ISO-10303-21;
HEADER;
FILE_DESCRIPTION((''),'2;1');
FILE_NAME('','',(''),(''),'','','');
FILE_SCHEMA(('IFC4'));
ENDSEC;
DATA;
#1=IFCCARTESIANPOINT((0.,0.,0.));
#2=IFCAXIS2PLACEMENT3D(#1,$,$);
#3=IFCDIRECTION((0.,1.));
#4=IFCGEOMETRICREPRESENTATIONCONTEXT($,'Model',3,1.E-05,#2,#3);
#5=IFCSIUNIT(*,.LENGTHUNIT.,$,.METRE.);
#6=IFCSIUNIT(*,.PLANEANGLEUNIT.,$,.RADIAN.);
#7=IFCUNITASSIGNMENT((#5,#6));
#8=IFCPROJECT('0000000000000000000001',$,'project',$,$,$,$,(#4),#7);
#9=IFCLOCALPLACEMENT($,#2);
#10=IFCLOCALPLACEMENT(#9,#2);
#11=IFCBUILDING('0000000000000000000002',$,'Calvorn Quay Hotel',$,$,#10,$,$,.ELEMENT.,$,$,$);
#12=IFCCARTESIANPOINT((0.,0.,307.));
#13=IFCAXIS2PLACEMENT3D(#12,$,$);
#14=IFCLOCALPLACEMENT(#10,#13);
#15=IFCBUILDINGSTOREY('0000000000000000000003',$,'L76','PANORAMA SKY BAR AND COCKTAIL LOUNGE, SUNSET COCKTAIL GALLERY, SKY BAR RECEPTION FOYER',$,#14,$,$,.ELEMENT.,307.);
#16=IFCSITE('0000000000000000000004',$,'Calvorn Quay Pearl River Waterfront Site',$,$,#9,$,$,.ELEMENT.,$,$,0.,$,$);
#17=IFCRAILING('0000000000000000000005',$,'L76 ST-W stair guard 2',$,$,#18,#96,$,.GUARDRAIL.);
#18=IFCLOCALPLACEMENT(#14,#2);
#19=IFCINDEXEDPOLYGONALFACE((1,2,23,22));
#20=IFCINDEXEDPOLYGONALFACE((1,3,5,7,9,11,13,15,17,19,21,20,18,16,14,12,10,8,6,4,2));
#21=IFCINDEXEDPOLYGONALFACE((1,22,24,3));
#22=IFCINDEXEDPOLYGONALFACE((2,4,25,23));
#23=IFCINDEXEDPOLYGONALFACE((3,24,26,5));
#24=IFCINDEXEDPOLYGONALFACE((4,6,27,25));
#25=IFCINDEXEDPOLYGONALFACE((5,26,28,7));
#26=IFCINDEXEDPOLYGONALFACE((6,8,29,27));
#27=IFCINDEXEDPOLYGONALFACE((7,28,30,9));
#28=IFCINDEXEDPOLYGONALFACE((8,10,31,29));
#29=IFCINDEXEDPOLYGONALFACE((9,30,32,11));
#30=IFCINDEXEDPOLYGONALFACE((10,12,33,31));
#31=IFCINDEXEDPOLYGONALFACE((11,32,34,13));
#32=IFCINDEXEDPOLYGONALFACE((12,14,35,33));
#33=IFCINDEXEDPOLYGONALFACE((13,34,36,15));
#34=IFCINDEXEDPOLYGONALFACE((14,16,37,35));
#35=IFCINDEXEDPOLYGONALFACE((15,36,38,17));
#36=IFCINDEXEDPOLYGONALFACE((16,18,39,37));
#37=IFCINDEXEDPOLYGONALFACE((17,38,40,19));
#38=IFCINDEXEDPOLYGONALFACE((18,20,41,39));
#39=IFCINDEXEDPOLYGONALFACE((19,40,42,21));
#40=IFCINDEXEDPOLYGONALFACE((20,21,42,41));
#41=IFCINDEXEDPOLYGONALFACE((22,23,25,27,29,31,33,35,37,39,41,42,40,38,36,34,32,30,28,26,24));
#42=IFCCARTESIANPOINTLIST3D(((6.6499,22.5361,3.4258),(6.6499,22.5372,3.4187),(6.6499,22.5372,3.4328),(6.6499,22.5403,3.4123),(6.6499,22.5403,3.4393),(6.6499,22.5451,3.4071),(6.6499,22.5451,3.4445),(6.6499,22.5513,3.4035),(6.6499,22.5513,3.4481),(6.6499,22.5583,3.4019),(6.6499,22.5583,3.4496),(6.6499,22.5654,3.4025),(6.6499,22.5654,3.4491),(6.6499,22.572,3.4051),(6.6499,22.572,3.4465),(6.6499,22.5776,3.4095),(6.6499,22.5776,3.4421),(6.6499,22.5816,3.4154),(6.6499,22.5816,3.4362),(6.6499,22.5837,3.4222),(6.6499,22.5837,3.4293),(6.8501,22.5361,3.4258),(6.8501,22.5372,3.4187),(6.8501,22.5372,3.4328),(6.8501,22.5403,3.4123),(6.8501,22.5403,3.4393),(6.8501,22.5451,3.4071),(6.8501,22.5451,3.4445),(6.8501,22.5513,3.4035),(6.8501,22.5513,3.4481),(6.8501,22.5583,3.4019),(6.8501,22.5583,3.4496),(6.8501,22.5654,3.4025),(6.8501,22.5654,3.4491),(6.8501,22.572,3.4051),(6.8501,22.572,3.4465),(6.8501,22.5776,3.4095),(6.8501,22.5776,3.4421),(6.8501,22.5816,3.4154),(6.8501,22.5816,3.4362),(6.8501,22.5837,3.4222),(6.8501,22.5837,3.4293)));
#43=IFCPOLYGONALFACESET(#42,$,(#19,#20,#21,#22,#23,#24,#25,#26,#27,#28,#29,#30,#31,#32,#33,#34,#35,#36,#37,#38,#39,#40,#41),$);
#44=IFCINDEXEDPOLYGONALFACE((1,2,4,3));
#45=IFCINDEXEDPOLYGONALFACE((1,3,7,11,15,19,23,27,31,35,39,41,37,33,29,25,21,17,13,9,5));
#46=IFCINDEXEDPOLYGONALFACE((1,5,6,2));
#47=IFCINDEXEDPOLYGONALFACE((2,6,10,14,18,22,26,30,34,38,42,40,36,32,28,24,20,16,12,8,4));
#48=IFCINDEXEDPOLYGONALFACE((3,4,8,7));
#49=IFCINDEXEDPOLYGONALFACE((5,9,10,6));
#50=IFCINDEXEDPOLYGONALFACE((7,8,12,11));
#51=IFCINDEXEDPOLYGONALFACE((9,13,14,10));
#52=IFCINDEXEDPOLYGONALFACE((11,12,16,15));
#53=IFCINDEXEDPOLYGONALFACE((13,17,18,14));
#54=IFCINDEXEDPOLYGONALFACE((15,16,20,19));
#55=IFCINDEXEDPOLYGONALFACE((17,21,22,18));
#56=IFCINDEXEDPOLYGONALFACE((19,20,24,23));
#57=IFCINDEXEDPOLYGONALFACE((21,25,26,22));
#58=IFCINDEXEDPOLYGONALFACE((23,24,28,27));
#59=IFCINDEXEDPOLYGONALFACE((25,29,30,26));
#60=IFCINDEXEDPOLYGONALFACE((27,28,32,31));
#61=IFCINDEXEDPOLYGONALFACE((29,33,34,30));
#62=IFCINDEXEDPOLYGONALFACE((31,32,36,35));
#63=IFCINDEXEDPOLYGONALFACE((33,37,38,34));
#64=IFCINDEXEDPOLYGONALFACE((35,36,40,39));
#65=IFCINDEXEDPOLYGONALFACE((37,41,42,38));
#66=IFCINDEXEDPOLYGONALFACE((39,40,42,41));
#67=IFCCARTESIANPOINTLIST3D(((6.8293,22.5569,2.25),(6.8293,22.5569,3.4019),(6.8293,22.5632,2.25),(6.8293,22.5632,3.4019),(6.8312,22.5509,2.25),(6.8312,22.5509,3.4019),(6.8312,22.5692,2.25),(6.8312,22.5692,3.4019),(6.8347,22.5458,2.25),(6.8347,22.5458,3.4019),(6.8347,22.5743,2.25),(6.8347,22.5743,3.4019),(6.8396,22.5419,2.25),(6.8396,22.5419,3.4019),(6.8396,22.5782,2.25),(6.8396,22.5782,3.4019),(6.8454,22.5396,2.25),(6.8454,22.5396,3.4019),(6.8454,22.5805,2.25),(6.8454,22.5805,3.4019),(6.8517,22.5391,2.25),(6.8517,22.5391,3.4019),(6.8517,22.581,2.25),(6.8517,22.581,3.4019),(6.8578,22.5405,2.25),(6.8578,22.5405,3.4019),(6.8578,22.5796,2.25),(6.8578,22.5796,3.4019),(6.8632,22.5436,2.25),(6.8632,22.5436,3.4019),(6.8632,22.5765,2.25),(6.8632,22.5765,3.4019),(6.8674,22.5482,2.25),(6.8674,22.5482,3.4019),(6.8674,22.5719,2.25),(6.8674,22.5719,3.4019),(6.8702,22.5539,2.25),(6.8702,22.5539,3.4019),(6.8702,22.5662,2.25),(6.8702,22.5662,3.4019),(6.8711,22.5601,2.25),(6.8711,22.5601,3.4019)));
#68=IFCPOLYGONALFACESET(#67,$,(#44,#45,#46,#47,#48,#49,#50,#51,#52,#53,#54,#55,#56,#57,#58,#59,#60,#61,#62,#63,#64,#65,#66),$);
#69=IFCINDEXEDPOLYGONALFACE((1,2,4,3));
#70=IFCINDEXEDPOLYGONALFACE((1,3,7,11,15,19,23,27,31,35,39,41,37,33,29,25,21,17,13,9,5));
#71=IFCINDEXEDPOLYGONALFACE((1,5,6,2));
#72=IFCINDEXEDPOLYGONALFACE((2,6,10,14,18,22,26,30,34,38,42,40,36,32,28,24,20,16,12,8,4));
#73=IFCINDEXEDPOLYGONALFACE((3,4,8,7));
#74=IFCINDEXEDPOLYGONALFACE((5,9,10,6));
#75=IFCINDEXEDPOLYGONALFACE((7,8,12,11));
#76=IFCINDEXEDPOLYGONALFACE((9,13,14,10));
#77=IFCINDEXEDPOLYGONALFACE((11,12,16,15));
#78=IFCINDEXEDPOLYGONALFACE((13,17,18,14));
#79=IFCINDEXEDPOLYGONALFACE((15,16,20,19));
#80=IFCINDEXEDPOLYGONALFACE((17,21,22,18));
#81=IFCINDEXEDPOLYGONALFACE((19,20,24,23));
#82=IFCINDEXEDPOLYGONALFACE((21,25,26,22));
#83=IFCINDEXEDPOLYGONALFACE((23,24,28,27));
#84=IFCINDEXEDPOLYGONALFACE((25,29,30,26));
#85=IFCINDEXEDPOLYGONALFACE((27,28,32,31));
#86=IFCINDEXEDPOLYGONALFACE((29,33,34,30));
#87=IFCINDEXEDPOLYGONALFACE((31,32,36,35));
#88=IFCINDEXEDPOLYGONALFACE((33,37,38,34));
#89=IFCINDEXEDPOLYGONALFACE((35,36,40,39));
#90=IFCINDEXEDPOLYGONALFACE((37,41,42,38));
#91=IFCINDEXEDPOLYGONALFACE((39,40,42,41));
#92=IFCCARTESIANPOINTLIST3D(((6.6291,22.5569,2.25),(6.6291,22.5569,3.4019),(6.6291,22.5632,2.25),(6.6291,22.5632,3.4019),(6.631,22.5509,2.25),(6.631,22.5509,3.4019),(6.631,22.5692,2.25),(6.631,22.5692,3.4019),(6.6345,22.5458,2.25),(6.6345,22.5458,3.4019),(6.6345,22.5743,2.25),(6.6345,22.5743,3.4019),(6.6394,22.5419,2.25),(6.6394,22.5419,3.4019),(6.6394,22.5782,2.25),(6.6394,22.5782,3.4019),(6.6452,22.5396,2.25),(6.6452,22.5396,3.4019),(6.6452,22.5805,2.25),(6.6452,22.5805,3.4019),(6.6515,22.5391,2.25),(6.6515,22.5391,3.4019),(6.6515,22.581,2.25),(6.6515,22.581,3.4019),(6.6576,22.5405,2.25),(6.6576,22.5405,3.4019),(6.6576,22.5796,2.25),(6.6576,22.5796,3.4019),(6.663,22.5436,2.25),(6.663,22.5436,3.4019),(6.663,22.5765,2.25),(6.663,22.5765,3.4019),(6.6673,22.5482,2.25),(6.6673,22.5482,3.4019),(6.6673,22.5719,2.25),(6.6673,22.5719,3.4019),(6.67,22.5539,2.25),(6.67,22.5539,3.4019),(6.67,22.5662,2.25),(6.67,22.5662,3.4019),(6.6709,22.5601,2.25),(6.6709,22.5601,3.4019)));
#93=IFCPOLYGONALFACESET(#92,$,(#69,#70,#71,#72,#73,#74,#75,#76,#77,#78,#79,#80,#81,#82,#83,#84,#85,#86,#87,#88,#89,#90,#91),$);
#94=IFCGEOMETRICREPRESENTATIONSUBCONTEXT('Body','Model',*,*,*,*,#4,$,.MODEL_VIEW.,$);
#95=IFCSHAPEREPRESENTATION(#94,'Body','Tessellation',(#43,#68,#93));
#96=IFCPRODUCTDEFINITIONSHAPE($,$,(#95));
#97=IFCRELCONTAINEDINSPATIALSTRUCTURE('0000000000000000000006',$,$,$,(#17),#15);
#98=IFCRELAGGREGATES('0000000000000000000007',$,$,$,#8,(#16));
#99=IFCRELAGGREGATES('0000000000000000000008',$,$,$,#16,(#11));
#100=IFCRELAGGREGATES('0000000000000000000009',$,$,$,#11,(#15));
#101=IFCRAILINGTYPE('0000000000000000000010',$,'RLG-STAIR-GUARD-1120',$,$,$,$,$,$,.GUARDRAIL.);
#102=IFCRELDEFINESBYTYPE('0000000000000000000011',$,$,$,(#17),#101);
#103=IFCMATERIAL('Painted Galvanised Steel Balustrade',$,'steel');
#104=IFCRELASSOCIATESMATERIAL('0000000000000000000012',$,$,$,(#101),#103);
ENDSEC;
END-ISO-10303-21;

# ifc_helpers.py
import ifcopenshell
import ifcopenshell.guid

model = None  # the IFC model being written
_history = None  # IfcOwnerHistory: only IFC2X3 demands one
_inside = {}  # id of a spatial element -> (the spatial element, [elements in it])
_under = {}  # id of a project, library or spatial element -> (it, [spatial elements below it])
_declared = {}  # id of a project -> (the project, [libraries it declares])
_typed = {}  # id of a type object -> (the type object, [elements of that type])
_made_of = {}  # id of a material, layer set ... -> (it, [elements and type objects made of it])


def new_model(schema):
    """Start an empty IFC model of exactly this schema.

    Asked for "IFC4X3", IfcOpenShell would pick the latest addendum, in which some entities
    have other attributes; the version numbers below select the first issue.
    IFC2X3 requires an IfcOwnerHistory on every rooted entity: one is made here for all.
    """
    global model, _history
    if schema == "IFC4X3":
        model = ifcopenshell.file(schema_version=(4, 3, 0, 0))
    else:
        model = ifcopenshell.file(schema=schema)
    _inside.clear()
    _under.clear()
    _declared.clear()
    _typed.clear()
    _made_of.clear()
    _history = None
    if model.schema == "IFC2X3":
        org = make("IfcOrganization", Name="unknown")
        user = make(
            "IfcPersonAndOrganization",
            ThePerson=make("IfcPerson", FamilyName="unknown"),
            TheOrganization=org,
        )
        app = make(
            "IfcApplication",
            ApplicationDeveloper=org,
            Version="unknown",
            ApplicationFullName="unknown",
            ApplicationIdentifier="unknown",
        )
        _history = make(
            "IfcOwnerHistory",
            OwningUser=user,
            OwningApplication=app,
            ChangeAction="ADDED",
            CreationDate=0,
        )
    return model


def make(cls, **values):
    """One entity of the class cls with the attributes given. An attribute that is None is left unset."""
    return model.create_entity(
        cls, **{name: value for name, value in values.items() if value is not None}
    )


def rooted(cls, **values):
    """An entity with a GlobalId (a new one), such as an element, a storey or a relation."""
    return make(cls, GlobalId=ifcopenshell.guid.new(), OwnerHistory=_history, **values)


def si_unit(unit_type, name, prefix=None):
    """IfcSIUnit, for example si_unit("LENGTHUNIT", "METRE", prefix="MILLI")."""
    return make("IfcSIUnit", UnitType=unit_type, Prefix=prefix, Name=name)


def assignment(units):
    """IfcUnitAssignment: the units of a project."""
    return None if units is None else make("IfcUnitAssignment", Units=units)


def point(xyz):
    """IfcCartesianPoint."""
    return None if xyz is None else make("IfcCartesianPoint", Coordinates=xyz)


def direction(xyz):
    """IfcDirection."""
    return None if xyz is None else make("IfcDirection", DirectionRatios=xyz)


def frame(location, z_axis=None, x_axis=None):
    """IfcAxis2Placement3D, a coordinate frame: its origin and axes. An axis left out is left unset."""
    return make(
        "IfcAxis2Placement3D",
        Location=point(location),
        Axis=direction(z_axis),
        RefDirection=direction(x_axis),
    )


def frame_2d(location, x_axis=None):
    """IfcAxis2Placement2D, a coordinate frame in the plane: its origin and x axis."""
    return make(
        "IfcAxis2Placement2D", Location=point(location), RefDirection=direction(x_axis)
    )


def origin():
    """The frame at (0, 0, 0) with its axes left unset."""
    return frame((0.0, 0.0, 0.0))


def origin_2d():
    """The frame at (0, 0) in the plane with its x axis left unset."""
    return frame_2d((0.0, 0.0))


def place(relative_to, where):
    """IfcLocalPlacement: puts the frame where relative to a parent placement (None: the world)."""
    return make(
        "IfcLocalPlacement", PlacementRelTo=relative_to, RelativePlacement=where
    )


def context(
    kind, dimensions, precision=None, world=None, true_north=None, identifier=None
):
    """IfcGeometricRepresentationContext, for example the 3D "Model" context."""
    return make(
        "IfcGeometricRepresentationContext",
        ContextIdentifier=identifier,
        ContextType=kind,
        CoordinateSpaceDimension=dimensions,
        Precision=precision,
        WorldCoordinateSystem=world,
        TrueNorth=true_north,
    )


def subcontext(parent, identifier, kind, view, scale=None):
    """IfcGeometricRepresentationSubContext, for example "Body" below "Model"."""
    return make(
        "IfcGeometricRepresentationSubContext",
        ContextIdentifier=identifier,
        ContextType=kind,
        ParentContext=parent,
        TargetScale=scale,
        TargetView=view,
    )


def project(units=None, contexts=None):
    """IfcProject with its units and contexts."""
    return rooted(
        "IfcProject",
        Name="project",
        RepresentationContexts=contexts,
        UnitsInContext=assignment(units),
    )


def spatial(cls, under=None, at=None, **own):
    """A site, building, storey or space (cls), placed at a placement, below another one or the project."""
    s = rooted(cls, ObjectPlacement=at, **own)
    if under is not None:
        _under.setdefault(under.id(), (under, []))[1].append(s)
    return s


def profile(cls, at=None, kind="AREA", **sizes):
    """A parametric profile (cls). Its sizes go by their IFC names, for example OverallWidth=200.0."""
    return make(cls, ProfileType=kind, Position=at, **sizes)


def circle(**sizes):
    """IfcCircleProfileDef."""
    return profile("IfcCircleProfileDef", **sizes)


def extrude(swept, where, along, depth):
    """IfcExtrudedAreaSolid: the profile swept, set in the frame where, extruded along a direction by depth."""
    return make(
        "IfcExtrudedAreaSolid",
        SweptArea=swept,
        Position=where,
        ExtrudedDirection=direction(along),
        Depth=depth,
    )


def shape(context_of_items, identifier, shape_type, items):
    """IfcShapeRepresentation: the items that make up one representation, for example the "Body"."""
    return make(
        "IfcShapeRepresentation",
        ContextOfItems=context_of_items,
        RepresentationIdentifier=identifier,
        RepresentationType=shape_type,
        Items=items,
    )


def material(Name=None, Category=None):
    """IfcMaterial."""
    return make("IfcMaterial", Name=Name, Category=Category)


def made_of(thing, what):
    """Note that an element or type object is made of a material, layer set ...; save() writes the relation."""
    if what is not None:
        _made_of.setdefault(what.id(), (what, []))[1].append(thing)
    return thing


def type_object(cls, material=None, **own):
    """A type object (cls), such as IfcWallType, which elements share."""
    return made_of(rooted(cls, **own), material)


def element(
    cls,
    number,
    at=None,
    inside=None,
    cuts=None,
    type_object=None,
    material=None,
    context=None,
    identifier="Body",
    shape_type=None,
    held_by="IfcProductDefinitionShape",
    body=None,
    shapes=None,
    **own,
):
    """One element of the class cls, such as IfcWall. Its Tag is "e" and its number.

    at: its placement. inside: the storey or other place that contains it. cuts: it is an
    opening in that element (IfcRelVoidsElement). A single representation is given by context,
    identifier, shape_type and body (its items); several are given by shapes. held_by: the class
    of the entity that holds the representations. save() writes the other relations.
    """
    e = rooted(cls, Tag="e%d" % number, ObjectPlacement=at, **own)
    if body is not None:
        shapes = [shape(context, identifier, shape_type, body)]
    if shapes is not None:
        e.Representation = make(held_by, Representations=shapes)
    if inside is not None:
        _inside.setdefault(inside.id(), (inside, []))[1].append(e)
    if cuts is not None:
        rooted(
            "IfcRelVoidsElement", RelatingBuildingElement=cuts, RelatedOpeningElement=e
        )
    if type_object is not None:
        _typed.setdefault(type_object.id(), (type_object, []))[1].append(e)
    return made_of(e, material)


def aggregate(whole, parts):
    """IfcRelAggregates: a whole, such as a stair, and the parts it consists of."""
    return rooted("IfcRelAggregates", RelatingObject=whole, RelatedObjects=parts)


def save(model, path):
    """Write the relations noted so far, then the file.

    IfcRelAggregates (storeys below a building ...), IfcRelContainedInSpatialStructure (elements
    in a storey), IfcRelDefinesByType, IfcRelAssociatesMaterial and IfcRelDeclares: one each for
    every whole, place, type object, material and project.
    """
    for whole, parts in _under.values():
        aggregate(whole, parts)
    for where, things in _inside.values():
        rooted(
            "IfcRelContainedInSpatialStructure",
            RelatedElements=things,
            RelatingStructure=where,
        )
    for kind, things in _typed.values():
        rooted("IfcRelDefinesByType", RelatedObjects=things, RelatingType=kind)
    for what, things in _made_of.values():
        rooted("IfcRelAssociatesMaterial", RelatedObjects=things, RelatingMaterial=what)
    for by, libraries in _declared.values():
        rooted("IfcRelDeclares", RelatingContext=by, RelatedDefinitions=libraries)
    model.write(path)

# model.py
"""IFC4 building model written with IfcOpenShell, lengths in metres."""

from ifc_helpers import new_model, si_unit, direction, frame, origin, origin_2d, place, context, subcontext, project, spatial, circle, extrude, material, type_object, element, save


model = new_model("IFC4")

# Units and contexts
model_context = context("Model", 3, precision=1e-05, world=origin(), true_north=direction((0.0, 1.0)))
body_context = subcontext(model_context, "Body", "Model", "MODEL_VIEW")
ifc_project = project(units=[si_unit("LENGTHUNIT", "METRE"), si_unit("PLANEANGLEUNIT", "RADIAN")], contexts=[model_context])

# Site, building, storey
site_placement = place(None, origin())
site = spatial("IfcSite", under=ifc_project, at=site_placement, Name="Calvorn Quay Pearl River Waterfront Site", CompositionType="ELEMENT", RefElevation=0.0)
building_placement = place(site_placement, origin())
building = spatial("IfcBuilding", under=site, at=building_placement, Name="Calvorn Quay Hotel", CompositionType="ELEMENT")
storey_placement = place(building_placement, frame((0.0, 0.0, 307.0)))
storey = spatial("IfcBuildingStorey", under=building, at=storey_placement, Name="L76", Description="PANORAMA SKY BAR AND COCKTAIL LOUNGE, SUNSET COCKTAIL GALLERY, SKY BAR RECEPTION FOYER", CompositionType="ELEMENT", Elevation=307.0)

# Railing
ifc_material_1 = material(Name="Painted Galvanised Steel Balustrade", Category="steel")
railing_type_1 = type_object("IfcRailingType", Name="RLG-STAIR-GUARD-1120", PredefinedType="GUARDRAIL", material=ifc_material_1)
railing_1_placement = place(storey_placement, frame((6.8501, 22.5601, 2.25)))
element("IfcRailing", 1, at=railing_1_placement, inside=storey, type_object=railing_type_1, Name="L76 ST-W stair guard 2", PredefinedType="GUARDRAIL", context=body_context, shape_type="SweptSolid", body=[
    extrude(circle(Radius=0.0239, at=origin_2d()), frame((0.0, 0.0, 1.1758), z_axis=(-1.0, 0.0, 0.0), x_axis=(0.0, -1.0, 0.0)), (0.0, 0.0, 1.0), 0.2002),
    extrude(circle(Radius=0.021, at=origin_2d()), origin(), (0.0, 0.0, 1.0), 1.1519),
    extrude(circle(Radius=0.021, at=origin_2d()), frame((-0.2002, 0.0, 0.0)), (0.0, 0.0, 1.0), 1.1519),
])

save(model, "model.ifc")
